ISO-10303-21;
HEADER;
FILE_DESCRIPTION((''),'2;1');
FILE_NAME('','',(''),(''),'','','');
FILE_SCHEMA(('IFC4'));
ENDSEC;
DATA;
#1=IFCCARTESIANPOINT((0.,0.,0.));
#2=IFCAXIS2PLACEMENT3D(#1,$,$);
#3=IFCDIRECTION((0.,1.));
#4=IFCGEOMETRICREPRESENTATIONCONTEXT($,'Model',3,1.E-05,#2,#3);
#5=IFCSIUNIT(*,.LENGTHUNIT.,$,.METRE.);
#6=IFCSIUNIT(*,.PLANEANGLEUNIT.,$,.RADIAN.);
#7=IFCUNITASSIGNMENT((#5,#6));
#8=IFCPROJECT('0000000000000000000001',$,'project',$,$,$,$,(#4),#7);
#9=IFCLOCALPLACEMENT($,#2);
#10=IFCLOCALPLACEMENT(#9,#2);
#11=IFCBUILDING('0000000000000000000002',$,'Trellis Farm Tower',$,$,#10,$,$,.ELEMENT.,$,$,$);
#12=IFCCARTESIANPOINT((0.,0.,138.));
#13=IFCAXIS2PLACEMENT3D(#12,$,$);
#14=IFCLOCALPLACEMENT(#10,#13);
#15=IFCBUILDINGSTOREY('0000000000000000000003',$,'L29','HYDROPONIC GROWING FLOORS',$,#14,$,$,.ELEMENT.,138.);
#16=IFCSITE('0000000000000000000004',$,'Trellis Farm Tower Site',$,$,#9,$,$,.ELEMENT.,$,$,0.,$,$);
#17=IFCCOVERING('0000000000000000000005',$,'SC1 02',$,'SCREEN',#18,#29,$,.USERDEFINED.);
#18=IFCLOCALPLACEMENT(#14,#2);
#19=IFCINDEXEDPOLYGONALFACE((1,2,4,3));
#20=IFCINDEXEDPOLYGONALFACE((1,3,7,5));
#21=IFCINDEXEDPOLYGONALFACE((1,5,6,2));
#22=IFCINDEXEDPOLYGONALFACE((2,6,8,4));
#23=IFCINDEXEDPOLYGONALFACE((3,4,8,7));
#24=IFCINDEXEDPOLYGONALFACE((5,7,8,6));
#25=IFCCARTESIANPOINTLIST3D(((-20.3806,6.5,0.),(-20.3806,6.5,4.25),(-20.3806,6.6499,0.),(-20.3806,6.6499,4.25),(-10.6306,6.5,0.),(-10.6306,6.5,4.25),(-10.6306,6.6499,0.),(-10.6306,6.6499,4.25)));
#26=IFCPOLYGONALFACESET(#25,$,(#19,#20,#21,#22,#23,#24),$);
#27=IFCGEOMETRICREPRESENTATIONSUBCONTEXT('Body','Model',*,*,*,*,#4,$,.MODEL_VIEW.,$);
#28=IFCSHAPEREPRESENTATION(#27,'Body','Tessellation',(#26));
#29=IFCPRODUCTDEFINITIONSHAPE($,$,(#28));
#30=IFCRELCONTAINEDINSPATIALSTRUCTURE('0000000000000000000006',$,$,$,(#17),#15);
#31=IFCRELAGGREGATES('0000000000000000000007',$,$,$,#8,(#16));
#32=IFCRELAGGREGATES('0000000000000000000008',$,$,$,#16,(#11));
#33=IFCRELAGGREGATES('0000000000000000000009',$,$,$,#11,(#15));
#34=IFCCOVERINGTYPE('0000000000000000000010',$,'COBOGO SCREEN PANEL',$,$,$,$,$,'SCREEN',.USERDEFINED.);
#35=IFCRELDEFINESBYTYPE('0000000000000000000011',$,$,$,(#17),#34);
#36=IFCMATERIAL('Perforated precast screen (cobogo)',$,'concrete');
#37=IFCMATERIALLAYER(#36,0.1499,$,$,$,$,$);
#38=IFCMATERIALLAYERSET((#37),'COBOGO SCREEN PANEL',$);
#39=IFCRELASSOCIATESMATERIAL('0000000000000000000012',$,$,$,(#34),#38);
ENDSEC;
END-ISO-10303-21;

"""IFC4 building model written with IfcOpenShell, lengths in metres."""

from ifc_helpers import new_model, si_unit, direction, frame, origin, place, context, subcontext, project, spatial, polyline, outline, extrude, source, transform, mapped, material, layer, layer_set, type_object, element, save


model = new_model("IFC4")

# Units and contexts
model_context = context("Model", 3, precision=1e-05, world=origin(), true_north=direction((0.0, 1.0)))
body_context = subcontext(model_context, "Body", "Model", "MODEL_VIEW")
ifc_project = project(units=[si_unit("LENGTHUNIT", "METRE"), si_unit("PLANEANGLEUNIT", "RADIAN")], contexts=[model_context])

# Site, building, storey
site_placement = place(None, origin())
site = spatial("IfcSite", under=ifc_project, at=site_placement, Name="Trellis Farm Tower Site", CompositionType="ELEMENT", RefElevation=0.0)
building_placement = place(site_placement, origin())
building = spatial("IfcBuilding", under=site, at=building_placement, Name="Trellis Farm Tower", CompositionType="ELEMENT")
storey_placement = place(building_placement, frame((0.0, 0.0, 138.0)))
storey = spatial("IfcBuildingStorey", under=building, at=storey_placement, Name="L29", Description="HYDROPONIC GROWING FLOORS", CompositionType="ELEMENT", Elevation=138.0)

# Shared definitions
placement = place(storey_placement, origin())

# Covering
ifc_material_1 = material(Name="Perforated precast screen (cobogo)", Category="concrete")
ifc_layer_1 = layer(ifc_material_1, 0.1499)
ifc_layer_set_1 = layer_set([ifc_layer_1], Name="COBOGO SCREEN PANEL")
covering_type = type_object("IfcCoveringType", Name="COBOGO SCREEN PANEL", ElementType="SCREEN", PredefinedType="USERDEFINED", material=ifc_layer_set_1)
shared_shape_1 = source(origin(), body_context, "Body", "SweptSolid", [
    extrude(outline(polyline([(-10.6306, 6.6499), (-20.3806, 6.6499), (-20.3806, 6.5), (-10.6306, 6.5), (-10.6306, 6.6499)])), origin(), (0.0, 0.0, 1.0), 4.25),
])
element("IfcCovering", 1, at=placement, inside=storey, type_object=covering_type, Name="SC1 02", ObjectType="SCREEN", PredefinedType="USERDEFINED", context=body_context, shape_type="MappedRepresentation", body=[
    mapped(shared_shape_1, transform((0.0, 0.0, 0.0))),
])

save(model, "model.ifc")
